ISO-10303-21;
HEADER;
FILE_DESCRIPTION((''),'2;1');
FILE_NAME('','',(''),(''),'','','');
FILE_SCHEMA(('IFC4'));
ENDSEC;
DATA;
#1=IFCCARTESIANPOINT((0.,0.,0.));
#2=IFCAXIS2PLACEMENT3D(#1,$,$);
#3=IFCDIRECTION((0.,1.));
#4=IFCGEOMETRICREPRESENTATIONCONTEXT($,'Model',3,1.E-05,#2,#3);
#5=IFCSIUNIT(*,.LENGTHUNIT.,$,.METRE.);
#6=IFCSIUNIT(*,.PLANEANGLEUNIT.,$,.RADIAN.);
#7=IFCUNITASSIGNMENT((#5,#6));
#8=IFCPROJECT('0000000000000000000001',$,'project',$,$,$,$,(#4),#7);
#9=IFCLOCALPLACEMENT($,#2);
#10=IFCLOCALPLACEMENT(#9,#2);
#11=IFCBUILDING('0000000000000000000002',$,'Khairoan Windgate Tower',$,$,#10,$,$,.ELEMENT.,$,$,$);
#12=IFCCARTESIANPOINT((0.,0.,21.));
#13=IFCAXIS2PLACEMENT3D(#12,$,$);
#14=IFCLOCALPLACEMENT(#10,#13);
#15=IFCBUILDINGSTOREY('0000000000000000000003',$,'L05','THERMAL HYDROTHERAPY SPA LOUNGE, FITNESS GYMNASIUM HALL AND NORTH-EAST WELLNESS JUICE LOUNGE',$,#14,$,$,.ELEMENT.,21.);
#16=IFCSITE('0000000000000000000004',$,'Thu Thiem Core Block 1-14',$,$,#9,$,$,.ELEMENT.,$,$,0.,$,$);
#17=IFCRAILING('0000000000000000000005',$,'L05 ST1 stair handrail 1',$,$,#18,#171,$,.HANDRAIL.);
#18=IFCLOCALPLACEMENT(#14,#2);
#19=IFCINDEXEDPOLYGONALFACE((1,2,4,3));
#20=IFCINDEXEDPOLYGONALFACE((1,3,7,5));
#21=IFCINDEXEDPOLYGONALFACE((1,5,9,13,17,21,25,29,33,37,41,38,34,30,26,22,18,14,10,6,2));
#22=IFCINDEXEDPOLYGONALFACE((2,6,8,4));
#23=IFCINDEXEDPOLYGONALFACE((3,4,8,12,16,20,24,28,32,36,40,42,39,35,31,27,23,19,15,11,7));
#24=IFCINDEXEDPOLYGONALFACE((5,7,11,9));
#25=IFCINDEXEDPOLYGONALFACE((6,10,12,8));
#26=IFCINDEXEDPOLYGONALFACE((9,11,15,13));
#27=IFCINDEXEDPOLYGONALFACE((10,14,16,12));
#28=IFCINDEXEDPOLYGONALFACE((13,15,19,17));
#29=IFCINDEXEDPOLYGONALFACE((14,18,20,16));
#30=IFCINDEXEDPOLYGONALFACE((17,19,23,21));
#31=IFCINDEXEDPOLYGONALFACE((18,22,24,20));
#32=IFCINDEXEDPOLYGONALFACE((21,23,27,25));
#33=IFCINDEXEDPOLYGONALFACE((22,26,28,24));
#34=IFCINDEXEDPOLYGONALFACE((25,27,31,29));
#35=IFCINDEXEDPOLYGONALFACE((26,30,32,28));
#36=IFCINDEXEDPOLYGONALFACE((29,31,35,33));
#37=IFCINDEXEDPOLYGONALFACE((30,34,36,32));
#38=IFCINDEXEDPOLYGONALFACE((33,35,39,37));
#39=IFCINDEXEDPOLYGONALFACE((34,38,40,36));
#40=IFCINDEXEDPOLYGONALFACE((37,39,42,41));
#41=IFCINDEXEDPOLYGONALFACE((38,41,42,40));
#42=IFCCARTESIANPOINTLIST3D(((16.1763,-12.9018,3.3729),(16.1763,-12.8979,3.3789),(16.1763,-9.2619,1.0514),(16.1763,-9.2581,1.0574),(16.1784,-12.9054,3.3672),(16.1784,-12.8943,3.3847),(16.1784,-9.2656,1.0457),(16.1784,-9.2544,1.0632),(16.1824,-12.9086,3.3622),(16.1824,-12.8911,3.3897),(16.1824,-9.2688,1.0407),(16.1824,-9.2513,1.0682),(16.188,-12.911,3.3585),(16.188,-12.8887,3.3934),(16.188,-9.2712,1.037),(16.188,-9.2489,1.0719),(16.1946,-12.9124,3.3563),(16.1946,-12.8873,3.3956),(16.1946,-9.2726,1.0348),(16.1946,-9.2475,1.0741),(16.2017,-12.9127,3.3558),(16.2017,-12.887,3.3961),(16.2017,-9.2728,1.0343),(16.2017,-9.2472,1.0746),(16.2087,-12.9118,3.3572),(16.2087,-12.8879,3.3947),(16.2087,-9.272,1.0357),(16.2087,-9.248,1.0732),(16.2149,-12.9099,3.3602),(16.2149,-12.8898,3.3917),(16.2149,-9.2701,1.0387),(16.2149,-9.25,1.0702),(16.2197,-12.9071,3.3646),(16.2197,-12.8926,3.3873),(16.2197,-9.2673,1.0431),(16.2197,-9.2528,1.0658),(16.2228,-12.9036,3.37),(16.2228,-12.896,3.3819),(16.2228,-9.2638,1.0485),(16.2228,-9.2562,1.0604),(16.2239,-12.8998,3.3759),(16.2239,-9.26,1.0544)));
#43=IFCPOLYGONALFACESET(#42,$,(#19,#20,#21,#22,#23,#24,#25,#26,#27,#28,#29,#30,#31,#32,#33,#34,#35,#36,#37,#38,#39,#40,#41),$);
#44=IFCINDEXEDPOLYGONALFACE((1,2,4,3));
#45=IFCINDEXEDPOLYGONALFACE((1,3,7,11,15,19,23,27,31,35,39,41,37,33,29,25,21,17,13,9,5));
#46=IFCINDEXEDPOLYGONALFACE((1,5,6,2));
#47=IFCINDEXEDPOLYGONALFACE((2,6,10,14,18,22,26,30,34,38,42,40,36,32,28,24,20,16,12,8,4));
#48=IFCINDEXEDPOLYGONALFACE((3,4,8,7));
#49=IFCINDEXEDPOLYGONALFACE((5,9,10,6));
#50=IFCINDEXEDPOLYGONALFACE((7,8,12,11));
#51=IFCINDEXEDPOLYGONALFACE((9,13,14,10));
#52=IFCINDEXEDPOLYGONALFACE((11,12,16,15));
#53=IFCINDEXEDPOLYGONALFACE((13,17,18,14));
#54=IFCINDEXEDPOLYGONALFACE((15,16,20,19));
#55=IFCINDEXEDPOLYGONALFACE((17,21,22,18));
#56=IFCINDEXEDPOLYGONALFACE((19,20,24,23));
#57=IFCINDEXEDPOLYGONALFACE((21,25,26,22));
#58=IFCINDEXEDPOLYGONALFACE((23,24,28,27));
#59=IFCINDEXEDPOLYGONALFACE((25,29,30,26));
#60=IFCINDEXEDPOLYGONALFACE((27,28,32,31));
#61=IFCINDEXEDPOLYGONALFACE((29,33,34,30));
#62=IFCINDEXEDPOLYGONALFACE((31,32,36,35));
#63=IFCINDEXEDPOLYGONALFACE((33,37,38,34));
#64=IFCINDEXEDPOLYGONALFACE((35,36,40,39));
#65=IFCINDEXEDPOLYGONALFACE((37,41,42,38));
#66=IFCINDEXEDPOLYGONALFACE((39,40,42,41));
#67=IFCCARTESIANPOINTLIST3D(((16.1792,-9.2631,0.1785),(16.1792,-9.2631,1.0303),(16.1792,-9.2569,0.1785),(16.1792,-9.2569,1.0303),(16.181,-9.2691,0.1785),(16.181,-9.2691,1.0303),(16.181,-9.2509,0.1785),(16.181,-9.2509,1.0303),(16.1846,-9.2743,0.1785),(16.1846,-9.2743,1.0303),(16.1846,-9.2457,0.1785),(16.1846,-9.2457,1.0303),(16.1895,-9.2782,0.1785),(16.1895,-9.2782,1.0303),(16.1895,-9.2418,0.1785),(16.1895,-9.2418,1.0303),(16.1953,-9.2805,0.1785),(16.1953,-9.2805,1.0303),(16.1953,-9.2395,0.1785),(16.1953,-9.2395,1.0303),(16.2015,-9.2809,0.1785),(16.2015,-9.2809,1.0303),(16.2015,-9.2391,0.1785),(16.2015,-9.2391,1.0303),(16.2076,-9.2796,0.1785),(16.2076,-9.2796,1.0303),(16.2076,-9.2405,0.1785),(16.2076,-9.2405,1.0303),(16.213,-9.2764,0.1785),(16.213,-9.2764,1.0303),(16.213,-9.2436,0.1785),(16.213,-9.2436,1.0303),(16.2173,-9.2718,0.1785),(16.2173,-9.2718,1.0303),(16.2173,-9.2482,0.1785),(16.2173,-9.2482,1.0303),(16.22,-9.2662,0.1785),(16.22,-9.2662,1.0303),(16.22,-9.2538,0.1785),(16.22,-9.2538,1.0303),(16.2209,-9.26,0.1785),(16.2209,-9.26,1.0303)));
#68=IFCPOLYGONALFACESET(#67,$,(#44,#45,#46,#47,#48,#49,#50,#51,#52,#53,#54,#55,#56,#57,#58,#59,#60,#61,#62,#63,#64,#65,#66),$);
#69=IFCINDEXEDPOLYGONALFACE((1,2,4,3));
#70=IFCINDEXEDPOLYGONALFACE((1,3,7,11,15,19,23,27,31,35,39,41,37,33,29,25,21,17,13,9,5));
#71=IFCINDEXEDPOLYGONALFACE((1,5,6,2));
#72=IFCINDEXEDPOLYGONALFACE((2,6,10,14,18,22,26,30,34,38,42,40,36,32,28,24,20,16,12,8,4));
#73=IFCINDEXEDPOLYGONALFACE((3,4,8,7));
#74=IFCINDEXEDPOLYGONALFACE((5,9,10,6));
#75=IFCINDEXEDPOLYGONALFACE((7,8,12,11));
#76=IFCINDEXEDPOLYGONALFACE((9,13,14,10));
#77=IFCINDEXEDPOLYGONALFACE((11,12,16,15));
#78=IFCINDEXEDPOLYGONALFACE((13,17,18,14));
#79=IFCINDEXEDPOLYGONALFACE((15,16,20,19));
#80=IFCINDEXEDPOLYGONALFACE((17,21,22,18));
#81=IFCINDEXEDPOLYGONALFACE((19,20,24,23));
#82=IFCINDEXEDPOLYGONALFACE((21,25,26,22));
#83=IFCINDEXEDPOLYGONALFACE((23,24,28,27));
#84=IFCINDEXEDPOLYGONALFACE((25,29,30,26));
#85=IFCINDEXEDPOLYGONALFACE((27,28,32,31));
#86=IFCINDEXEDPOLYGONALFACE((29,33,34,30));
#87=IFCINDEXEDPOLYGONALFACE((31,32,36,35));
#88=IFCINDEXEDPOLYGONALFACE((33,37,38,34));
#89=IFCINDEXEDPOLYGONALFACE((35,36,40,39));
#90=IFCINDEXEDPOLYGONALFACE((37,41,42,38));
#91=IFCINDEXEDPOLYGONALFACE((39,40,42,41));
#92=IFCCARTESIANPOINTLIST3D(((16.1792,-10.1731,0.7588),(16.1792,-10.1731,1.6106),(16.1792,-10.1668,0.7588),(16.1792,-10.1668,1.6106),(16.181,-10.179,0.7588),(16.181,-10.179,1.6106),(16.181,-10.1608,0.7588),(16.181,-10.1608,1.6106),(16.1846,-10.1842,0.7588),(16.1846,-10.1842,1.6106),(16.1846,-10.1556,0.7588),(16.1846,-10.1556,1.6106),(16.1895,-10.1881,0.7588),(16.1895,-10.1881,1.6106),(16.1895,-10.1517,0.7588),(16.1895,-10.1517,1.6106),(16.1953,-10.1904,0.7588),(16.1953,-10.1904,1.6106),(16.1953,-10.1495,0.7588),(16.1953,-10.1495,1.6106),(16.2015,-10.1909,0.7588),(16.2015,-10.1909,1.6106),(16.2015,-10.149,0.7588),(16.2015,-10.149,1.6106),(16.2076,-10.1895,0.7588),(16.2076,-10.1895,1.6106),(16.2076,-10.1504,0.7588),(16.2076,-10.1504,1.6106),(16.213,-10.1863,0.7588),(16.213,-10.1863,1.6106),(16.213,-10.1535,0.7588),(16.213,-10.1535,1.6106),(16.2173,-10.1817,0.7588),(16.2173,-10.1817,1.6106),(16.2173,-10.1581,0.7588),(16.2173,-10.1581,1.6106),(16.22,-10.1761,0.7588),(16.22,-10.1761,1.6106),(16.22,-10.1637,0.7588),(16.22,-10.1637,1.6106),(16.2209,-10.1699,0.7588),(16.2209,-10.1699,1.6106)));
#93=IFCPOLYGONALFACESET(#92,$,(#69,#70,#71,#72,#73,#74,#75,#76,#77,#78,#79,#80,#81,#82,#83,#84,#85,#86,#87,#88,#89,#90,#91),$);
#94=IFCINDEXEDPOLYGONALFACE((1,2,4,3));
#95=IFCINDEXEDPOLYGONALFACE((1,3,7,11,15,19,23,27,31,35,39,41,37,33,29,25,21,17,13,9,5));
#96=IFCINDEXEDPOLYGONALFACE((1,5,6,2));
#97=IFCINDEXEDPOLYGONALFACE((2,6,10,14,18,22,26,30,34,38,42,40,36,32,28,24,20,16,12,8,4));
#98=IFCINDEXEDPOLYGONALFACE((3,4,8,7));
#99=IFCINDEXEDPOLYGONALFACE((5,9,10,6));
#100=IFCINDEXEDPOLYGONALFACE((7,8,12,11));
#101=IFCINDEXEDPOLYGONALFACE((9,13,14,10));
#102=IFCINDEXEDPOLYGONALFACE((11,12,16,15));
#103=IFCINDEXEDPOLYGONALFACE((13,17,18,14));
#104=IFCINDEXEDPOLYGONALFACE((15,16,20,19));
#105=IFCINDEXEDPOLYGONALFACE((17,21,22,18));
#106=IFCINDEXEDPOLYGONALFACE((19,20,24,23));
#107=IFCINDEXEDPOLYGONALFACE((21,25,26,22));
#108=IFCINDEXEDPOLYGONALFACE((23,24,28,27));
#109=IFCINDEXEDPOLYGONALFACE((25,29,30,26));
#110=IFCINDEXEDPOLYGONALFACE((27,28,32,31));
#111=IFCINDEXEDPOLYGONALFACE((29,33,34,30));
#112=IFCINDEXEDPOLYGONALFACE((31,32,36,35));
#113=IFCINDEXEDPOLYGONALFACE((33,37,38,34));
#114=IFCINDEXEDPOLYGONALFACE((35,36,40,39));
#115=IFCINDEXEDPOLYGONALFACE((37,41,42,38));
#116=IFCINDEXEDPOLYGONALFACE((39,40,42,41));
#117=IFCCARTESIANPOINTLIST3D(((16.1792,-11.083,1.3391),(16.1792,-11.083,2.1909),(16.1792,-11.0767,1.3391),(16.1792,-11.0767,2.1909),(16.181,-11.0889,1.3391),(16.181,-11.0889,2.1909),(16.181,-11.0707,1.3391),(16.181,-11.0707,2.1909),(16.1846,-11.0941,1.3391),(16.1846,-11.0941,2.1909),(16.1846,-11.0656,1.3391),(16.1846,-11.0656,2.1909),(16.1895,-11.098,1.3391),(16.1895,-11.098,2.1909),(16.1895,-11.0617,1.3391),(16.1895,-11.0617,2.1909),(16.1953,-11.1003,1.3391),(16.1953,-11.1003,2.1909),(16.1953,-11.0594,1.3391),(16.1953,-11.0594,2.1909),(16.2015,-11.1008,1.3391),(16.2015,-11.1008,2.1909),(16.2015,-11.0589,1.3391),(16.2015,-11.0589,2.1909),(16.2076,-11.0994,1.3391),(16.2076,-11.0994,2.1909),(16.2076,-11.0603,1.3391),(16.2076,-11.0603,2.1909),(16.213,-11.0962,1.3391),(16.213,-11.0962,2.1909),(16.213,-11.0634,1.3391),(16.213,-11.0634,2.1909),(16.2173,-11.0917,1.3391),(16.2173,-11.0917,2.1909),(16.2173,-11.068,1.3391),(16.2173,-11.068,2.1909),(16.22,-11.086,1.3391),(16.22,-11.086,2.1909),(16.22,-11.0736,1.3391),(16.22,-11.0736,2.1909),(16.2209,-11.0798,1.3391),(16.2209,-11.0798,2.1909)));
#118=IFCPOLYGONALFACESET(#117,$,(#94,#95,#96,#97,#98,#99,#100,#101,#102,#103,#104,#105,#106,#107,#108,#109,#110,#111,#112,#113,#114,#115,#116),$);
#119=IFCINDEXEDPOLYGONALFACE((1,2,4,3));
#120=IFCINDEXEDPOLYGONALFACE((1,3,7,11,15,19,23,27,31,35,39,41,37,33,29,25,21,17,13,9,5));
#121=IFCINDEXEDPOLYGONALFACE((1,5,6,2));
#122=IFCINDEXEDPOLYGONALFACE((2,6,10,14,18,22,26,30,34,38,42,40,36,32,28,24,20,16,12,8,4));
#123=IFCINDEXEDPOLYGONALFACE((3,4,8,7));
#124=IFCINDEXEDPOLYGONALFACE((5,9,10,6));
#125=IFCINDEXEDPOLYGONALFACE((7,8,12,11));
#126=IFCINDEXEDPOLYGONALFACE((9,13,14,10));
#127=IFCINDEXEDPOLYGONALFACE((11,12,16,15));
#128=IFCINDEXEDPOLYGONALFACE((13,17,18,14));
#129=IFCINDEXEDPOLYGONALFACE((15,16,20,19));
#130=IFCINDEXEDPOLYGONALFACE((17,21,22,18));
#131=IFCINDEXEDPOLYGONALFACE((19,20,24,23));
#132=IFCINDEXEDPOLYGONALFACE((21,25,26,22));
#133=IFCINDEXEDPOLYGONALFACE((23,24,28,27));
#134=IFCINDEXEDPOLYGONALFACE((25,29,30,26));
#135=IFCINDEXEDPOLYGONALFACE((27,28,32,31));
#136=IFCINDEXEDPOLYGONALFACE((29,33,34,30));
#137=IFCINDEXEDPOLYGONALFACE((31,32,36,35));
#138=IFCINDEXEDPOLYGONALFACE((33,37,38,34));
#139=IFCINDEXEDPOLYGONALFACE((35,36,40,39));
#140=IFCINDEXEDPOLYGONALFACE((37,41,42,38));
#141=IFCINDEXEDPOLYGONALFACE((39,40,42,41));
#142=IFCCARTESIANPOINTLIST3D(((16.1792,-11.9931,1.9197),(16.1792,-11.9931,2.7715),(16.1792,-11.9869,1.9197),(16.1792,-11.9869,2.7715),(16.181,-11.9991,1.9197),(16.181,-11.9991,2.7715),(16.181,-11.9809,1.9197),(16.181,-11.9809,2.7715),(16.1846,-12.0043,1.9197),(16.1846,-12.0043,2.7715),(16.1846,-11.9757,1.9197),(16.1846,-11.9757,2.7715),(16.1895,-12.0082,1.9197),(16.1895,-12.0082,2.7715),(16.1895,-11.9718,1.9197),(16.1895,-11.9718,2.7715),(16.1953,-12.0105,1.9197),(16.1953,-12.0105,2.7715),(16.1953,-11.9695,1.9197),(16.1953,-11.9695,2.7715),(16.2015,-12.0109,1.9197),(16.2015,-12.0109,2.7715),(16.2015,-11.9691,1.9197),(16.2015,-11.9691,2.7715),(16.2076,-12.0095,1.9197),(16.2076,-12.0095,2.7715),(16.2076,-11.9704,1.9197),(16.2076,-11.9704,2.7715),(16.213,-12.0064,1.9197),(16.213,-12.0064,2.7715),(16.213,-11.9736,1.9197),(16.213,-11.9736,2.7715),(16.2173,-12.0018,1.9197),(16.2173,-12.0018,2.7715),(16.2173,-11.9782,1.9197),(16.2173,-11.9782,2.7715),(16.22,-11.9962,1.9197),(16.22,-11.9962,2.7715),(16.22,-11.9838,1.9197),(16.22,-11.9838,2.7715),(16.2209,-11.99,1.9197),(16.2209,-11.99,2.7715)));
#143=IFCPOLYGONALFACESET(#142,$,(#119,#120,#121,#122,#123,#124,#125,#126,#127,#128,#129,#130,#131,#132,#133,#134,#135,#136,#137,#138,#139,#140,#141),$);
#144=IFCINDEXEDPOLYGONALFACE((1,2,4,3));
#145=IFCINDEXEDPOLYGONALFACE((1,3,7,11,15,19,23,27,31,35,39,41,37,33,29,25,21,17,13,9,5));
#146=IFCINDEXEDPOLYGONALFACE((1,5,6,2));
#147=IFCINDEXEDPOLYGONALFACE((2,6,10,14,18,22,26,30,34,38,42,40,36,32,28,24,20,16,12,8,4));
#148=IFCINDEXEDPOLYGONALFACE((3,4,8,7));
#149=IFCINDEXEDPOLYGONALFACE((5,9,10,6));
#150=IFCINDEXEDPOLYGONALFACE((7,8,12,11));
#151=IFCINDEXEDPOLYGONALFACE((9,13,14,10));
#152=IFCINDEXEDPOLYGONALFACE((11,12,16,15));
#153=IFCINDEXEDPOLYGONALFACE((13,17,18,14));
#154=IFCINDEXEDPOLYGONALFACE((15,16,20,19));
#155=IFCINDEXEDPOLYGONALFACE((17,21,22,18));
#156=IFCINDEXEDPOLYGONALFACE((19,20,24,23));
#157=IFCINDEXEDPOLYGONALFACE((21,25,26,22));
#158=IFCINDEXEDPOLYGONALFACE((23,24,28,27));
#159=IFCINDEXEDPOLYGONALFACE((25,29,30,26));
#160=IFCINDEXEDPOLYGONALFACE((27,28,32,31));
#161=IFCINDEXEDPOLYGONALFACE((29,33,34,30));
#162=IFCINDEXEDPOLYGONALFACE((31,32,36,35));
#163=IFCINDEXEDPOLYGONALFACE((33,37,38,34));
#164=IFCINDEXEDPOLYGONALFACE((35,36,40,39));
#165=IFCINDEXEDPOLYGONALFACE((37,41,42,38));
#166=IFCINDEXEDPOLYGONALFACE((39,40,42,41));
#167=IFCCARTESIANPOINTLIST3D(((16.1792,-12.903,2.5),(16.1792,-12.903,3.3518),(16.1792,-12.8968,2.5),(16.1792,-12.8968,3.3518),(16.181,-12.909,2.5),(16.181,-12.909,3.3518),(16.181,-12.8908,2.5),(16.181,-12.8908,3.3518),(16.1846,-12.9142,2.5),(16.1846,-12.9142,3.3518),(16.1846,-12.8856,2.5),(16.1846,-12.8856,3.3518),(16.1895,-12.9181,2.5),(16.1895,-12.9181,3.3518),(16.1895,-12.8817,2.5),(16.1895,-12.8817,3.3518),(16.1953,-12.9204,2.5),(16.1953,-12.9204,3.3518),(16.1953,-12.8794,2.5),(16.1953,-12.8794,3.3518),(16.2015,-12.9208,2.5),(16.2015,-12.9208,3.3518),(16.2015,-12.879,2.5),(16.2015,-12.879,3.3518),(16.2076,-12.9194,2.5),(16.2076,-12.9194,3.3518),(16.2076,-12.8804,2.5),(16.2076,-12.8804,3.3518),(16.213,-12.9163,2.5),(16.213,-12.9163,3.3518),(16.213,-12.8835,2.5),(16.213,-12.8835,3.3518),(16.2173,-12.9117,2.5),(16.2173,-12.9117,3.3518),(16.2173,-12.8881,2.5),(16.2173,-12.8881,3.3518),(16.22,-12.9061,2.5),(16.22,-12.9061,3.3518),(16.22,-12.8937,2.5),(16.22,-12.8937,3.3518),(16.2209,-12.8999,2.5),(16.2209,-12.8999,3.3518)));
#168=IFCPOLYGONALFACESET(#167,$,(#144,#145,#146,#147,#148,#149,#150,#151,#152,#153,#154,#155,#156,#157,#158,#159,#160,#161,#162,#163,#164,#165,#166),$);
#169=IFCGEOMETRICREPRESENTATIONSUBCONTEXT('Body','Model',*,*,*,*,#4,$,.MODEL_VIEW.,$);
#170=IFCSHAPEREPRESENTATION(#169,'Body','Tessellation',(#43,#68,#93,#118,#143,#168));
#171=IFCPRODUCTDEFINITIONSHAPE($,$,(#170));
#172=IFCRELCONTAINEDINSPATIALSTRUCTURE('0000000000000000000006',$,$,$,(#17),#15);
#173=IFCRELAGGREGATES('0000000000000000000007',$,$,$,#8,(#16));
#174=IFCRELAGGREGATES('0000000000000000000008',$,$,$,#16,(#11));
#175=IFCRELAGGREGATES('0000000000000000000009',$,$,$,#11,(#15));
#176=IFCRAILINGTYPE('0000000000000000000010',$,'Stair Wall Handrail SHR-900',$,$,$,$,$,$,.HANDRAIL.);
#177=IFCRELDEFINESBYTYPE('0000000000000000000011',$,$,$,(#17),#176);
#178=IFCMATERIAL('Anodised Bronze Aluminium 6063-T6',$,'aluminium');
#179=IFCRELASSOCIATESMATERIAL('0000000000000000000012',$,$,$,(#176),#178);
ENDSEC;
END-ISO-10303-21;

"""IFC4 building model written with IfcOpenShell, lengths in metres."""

from ifc_helpers import new_model, si_unit, direction, frame, origin, origin_2d, place, context, subcontext, project, spatial, circle, extrude, material, type_object, element, save


model = new_model("IFC4")

# Units and contexts
model_context = context("Model", 3, precision=1e-05, world=origin(), true_north=direction((0.0, 1.0)))
body_context = subcontext(model_context, "Body", "Model", "MODEL_VIEW")
ifc_project = project(units=[si_unit("LENGTHUNIT", "METRE"), si_unit("PLANEANGLEUNIT", "RADIAN")], contexts=[model_context])

# Site, building, storey
site_placement = place(None, origin())
site = spatial("IfcSite", under=ifc_project, at=site_placement, Name="Thu Thiem Core Block 1-14", CompositionType="ELEMENT", RefElevation=0.0)
building_placement = place(site_placement, origin())
building = spatial("IfcBuilding", under=site, at=building_placement, Name="Khairoan Windgate Tower", CompositionType="ELEMENT")
storey_placement = place(building_placement, frame((0.0, 0.0, 21.0)))
storey = spatial("IfcBuildingStorey", under=building, at=storey_placement, Name="L05", Description="THERMAL HYDROTHERAPY SPA LOUNGE, FITNESS GYMNASIUM HALL AND NORTH-EAST WELLNESS JUICE LOUNGE", CompositionType="ELEMENT", Elevation=21.0)

# Railing
ifc_material_1 = material(Name="Anodised Bronze Aluminium 6063-T6", Category="aluminium")
railing_type_1 = type_object("IfcRailingType", Name="Stair Wall Handrail SHR-900", PredefinedType="HANDRAIL", material=ifc_material_1)
railing_1_placement = place(storey_placement, frame((16.2, -9.26, 0.1785)))
element("IfcRailing", 1, at=railing_1_placement, inside=storey, type_object=railing_type_1, Name="L05 ST1 stair handrail 1", PredefinedType="HANDRAIL", context=body_context, shape_type="SweptSolid", body=[
    extrude(circle(Radius=0.0239, at=origin_2d()), frame((0.0, 0.0, 0.876), z_axis=(0.0, -0.843112, 0.537739), x_axis=(1.0, 0.0, 0.0)), (0.0, 0.0, 1.0), 4.3171),
    extrude(circle(Radius=0.021, at=origin_2d()), origin(), (0.0, 0.0, 1.0), 0.8518),
    extrude(circle(Radius=0.021, at=origin_2d()), frame((0.0, -0.9099, 0.5803)), (0.0, 0.0, 1.0), 0.8518),
    extrude(circle(Radius=0.021, at=origin_2d()), frame((0.0, -1.8198, 1.1606)), (0.0, 0.0, 1.0), 0.8518),
    extrude(circle(Radius=0.021, at=origin_2d()), frame((0.0, -2.73, 1.7412)), (0.0, 0.0, 1.0), 0.8518),
    extrude(circle(Radius=0.021, at=origin_2d()), frame((0.0, -3.6399, 2.3215)), (0.0, 0.0, 1.0), 0.8518),
])

save(model, "model.ifc")
